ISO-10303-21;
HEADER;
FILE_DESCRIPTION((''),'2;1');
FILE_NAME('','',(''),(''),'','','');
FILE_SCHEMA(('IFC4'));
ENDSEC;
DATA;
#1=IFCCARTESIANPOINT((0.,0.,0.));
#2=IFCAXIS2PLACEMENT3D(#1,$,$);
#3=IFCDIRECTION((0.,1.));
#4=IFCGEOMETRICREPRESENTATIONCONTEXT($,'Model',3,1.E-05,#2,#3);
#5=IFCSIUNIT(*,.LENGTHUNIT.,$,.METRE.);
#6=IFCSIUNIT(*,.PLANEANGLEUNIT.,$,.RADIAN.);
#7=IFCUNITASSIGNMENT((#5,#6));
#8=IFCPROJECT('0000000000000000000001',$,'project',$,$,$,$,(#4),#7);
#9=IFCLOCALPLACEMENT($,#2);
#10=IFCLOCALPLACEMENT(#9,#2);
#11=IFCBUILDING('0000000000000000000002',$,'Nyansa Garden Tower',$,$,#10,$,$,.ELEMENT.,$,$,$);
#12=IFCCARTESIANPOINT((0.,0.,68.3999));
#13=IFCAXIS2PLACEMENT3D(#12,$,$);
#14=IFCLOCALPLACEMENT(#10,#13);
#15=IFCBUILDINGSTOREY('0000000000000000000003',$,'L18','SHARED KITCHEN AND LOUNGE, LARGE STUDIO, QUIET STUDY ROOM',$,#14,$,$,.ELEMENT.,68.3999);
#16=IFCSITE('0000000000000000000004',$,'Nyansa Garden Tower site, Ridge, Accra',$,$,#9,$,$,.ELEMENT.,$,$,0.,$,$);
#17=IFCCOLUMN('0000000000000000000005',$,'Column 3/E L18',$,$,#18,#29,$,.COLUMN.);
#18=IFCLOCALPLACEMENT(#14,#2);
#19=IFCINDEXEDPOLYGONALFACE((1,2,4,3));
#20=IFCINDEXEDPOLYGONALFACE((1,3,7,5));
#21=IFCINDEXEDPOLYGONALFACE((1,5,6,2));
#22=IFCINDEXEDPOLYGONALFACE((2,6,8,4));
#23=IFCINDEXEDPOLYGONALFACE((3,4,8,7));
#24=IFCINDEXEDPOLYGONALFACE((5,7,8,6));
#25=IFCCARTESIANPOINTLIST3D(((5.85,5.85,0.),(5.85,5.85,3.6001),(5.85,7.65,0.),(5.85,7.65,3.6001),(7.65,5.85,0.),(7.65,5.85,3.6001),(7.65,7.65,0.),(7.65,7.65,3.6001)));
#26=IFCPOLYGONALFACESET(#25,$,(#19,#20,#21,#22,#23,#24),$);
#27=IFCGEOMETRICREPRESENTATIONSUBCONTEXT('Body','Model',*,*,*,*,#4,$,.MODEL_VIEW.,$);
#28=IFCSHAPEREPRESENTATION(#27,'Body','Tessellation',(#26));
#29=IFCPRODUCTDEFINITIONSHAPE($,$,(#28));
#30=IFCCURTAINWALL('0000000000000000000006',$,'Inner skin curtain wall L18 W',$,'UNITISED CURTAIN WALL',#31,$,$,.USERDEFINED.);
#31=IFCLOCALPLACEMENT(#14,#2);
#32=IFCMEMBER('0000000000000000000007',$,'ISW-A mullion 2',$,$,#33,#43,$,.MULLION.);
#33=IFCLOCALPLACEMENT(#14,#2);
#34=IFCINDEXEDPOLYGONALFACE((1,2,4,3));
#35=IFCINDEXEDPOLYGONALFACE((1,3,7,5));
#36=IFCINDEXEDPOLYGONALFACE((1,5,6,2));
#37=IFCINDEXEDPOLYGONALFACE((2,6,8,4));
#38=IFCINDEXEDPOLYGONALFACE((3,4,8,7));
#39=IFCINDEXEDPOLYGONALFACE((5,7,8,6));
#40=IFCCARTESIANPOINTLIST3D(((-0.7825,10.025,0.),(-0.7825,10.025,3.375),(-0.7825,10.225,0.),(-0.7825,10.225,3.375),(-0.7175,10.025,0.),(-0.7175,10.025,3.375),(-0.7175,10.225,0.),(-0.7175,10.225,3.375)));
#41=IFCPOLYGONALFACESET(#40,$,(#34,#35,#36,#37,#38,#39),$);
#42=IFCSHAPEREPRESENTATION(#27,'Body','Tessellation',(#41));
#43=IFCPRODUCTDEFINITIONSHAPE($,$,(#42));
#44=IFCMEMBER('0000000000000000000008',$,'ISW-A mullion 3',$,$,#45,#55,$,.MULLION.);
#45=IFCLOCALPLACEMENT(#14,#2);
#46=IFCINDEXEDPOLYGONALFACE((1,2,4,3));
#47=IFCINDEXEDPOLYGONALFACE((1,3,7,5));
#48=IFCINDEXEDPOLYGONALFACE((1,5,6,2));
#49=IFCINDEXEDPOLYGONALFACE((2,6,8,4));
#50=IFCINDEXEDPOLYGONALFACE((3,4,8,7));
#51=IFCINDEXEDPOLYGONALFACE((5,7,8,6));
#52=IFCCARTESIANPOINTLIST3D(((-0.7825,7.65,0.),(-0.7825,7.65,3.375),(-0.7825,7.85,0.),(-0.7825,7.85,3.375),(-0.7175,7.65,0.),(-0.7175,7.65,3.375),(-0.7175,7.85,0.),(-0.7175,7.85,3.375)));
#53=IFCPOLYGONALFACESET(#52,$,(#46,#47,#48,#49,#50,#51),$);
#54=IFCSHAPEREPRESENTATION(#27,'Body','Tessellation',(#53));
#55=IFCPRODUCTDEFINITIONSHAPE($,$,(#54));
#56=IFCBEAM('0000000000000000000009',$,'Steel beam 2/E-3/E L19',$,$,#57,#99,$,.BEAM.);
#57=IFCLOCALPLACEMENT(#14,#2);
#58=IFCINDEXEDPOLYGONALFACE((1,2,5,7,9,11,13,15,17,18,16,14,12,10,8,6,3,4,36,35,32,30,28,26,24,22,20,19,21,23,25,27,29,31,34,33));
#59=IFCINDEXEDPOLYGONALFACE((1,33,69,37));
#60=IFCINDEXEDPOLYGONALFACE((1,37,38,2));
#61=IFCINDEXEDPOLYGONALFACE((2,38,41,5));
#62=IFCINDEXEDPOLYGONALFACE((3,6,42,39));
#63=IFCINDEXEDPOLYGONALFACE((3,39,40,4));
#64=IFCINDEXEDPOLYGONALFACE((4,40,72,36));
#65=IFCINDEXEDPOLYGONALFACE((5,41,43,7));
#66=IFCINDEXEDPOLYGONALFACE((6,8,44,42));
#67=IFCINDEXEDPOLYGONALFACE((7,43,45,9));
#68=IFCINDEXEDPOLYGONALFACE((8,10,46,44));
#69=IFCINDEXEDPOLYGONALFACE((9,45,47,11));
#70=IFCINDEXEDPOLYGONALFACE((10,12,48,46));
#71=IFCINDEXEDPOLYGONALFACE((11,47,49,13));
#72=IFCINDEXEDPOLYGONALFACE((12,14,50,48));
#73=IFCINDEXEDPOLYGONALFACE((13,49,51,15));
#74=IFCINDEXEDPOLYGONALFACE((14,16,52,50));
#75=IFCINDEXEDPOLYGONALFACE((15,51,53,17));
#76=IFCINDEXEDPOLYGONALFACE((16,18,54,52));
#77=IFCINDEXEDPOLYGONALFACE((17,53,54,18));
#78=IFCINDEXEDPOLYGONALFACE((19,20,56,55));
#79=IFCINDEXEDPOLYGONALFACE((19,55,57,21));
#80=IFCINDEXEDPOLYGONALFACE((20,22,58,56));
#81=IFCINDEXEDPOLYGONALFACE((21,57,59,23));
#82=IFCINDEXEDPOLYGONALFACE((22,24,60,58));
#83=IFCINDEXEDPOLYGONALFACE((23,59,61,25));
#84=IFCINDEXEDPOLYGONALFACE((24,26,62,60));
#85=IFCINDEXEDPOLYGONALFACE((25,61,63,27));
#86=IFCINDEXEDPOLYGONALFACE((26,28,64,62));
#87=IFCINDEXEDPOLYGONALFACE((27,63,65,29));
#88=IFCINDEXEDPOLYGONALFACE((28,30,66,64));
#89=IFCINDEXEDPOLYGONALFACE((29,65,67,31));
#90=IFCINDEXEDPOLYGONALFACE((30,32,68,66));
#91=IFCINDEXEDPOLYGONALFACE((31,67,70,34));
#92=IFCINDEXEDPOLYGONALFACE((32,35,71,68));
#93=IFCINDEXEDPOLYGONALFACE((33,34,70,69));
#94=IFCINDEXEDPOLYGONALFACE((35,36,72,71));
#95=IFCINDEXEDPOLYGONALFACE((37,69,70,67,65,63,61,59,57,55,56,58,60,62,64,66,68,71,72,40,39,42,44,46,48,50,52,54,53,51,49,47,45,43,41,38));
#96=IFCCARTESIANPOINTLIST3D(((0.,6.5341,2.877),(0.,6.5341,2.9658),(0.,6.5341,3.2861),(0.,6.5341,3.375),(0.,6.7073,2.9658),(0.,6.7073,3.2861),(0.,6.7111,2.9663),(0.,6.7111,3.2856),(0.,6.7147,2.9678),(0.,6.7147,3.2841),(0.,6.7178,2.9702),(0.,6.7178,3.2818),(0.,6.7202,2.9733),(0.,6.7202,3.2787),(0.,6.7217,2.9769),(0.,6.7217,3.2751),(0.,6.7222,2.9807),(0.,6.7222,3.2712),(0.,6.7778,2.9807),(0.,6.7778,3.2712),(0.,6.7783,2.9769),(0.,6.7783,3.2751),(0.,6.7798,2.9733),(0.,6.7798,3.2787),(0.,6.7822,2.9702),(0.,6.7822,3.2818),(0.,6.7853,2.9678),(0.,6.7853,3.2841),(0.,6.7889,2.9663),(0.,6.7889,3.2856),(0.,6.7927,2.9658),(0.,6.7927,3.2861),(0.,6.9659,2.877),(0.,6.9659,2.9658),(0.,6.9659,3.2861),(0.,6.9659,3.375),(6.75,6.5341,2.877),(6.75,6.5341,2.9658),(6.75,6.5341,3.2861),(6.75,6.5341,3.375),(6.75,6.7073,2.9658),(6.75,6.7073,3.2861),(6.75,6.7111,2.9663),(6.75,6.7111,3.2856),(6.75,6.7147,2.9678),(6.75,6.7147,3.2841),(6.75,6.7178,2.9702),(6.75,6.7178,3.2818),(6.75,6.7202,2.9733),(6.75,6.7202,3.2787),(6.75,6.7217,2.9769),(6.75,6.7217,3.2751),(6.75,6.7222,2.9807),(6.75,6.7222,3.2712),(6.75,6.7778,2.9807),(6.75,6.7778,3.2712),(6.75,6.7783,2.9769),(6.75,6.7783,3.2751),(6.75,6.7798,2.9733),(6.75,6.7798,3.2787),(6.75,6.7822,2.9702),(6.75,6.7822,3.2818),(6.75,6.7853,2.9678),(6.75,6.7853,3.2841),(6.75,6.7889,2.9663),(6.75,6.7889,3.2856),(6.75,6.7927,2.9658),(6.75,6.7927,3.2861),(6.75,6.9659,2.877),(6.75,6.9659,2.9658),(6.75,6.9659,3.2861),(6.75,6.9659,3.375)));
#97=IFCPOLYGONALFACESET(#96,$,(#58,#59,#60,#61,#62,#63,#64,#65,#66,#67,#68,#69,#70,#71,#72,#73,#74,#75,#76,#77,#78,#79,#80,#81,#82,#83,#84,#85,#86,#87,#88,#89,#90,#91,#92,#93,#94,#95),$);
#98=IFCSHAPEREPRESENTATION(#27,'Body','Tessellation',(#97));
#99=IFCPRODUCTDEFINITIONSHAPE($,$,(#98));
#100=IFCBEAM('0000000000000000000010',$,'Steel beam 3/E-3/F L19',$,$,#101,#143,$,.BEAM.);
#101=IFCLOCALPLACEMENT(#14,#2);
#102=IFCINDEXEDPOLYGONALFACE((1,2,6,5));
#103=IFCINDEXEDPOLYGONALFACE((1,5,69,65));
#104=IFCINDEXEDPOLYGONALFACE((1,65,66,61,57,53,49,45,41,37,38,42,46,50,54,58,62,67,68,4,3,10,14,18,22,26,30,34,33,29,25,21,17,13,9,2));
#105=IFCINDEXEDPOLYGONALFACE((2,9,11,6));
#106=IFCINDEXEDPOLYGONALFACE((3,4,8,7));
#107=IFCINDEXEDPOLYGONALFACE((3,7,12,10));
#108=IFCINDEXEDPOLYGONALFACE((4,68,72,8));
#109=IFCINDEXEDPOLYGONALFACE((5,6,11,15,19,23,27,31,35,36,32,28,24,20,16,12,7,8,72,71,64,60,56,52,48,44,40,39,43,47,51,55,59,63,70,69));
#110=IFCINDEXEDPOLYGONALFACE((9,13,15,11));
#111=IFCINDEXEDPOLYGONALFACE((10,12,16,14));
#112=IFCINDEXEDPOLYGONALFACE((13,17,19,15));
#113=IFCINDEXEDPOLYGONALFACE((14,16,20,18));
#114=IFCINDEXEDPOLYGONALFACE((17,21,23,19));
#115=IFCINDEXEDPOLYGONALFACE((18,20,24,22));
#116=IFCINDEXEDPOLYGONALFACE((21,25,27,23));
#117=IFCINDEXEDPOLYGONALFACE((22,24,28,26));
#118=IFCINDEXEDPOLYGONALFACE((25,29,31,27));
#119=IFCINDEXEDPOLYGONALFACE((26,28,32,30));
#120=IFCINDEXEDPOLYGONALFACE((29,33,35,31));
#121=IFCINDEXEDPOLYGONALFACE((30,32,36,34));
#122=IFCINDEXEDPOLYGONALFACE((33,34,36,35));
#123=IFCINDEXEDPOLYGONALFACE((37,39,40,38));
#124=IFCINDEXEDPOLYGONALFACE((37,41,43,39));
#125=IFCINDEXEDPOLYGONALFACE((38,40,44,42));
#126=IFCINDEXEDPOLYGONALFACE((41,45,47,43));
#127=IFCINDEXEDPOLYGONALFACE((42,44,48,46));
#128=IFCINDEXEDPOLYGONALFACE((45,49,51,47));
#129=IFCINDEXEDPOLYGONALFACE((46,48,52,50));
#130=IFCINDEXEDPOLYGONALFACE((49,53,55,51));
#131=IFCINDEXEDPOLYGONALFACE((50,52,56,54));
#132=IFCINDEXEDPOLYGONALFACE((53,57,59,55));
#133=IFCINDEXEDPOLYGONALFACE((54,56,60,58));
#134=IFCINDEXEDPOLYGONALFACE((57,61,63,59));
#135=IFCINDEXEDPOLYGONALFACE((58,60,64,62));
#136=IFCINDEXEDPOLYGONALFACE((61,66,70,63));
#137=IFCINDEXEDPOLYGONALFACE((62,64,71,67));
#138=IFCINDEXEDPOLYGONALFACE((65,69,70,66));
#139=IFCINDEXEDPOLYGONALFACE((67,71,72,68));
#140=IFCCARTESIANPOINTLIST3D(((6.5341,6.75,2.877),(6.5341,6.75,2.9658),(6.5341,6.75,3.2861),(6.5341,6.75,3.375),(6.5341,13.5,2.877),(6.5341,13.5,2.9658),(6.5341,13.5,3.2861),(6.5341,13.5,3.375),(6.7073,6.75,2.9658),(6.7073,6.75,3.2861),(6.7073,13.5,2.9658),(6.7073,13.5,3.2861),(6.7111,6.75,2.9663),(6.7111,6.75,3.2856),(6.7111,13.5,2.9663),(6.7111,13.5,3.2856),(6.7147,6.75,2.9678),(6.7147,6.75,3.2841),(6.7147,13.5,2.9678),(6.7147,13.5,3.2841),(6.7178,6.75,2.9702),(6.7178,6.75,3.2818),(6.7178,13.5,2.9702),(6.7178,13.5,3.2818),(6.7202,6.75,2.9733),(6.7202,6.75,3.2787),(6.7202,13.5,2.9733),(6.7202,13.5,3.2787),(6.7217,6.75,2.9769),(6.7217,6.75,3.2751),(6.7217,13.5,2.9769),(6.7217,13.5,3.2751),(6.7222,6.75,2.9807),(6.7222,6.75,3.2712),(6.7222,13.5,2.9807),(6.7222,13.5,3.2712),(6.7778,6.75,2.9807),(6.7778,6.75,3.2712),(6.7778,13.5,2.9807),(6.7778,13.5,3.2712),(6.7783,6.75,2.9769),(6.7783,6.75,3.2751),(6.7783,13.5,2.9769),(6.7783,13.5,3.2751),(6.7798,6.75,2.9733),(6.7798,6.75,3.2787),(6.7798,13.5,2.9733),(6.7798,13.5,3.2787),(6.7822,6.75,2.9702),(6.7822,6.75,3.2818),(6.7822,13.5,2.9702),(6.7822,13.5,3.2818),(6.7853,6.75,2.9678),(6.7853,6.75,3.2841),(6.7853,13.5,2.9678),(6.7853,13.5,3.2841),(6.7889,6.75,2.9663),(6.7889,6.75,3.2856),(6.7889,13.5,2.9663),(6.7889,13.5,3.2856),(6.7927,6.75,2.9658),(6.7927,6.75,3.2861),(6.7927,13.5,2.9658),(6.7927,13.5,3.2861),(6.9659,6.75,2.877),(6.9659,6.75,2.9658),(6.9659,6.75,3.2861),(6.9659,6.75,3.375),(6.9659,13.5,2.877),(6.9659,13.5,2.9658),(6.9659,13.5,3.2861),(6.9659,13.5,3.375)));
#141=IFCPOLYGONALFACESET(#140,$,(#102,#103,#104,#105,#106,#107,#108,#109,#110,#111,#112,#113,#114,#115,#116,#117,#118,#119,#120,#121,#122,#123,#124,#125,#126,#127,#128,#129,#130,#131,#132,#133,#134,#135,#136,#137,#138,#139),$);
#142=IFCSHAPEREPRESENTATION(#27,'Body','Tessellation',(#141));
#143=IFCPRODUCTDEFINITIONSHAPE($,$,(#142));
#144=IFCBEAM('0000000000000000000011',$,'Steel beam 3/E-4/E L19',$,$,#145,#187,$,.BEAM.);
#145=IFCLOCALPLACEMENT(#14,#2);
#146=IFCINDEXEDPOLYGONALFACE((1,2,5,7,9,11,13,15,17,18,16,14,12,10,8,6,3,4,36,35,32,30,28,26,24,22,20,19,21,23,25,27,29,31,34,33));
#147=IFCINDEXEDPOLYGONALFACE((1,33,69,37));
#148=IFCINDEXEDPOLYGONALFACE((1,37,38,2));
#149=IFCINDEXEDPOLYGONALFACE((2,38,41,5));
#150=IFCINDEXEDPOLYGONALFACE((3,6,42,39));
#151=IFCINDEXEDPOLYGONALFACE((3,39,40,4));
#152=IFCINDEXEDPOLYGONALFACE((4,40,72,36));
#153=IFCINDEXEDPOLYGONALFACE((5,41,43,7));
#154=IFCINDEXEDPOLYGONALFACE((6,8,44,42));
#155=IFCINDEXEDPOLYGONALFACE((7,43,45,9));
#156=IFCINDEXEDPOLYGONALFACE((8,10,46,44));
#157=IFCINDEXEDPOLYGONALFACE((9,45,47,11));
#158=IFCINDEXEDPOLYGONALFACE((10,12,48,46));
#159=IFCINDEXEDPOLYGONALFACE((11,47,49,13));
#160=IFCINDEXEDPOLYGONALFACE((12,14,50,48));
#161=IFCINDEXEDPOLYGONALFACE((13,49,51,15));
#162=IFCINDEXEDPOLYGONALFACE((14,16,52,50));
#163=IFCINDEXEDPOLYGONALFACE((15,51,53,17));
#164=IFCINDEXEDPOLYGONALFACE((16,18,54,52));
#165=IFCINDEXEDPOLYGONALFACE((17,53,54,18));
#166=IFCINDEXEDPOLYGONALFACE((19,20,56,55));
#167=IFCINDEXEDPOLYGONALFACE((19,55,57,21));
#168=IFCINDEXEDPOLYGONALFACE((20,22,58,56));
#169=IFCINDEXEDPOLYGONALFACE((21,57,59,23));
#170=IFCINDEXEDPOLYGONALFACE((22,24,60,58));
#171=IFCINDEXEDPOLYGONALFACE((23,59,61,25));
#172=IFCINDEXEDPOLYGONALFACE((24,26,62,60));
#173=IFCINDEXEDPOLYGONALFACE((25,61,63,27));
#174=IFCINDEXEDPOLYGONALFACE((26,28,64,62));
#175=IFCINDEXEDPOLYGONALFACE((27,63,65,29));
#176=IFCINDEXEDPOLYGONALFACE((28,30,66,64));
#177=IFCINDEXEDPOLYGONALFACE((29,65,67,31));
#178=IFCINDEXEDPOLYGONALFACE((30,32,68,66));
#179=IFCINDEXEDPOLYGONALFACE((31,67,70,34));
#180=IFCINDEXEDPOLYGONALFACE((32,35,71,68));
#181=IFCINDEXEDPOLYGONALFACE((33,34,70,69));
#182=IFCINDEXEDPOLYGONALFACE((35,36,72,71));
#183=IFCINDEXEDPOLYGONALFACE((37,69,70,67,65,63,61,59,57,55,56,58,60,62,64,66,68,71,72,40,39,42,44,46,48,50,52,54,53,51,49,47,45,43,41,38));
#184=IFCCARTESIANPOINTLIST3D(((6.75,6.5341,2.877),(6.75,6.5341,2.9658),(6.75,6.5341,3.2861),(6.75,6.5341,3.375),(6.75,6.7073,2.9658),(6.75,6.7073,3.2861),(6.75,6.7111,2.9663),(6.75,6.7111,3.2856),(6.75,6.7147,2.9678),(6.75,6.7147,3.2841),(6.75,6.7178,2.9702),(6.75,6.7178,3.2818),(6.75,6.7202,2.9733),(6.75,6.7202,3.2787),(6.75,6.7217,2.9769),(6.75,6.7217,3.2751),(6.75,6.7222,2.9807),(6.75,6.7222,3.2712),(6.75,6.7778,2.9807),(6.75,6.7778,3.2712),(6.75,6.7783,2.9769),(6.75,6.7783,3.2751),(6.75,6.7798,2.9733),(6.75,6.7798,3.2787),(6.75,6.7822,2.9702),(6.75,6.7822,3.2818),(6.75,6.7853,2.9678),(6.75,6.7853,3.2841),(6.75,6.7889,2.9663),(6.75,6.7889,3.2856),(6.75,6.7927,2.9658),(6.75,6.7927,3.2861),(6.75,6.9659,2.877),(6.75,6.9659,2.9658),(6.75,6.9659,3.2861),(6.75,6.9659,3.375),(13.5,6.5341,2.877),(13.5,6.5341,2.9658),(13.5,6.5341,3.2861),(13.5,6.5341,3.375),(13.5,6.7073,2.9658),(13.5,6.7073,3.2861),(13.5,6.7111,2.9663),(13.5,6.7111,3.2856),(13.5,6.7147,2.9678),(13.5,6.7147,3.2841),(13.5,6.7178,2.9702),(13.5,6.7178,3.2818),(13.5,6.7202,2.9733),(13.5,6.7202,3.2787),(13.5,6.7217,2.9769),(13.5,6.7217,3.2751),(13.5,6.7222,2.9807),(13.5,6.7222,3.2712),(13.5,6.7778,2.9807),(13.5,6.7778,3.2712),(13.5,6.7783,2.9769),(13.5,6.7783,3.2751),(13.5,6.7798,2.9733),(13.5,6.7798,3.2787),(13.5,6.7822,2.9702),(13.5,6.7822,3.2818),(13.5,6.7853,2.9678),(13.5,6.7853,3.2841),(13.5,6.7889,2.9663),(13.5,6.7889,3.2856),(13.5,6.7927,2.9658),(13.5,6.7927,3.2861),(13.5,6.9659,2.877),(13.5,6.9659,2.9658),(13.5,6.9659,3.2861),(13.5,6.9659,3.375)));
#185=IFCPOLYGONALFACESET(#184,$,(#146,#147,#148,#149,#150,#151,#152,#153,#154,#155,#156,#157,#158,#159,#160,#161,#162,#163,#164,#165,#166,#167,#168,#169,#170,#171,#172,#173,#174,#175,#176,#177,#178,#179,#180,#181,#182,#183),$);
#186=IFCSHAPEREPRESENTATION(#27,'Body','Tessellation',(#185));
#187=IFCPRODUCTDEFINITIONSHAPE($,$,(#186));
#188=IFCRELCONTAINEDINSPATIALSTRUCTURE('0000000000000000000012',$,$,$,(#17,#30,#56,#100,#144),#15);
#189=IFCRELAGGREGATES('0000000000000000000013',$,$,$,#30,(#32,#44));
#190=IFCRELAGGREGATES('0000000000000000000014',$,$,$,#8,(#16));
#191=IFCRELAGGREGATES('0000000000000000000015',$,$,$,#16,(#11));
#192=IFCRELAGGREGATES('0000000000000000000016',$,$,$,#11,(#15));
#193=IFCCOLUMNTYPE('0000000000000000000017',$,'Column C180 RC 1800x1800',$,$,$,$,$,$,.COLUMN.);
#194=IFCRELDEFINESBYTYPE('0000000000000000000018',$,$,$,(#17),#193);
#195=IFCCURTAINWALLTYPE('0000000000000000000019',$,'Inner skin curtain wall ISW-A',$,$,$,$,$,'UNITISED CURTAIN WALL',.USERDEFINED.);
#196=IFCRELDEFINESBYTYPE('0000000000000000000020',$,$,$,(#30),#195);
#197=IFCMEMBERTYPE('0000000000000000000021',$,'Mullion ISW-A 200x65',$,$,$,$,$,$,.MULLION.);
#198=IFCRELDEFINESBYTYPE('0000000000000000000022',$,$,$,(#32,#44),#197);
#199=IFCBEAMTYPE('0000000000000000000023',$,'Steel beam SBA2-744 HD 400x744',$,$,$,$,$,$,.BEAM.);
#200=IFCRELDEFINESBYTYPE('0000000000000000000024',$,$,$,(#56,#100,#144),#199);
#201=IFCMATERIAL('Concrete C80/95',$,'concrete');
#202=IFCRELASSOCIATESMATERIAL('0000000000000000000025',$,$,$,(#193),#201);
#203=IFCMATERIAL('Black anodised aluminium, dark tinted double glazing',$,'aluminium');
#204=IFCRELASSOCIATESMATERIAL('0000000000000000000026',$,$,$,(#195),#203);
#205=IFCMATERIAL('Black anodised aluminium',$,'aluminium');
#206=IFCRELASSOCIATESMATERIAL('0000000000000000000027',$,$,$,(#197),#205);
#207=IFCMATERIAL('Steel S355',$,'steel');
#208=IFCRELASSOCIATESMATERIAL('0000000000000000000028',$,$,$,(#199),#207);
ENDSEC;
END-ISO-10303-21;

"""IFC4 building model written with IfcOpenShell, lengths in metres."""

from ifc_helpers import new_model, si_unit, direction, frame, origin, origin_2d, place, context, subcontext, project, spatial, rectangle, i_section, extrude, material, material_profile, profile_set, type_object, element, aggregate, save


model = new_model("IFC4")

# Units and contexts
model_context = context("Model", 3, precision=1e-05, world=origin(), true_north=direction((0.0, 1.0)))
body_context = subcontext(model_context, "Body", "Model", "MODEL_VIEW")
ifc_project = project(units=[si_unit("LENGTHUNIT", "METRE"), si_unit("PLANEANGLEUNIT", "RADIAN")], contexts=[model_context])

# Site, building, storey
site_placement = place(None, origin())
site = spatial("IfcSite", under=ifc_project, at=site_placement, Name="Nyansa Garden Tower site, Ridge, Accra", CompositionType="ELEMENT", RefElevation=0.0)
building_placement = place(site_placement, origin())
building = spatial("IfcBuilding", under=site, at=building_placement, Name="Nyansa Garden Tower", CompositionType="ELEMENT")
storey_placement = place(building_placement, frame((0.0, 0.0, 68.3999)))
storey = spatial("IfcBuildingStorey", under=building, at=storey_placement, Name="L18", Description="SHARED KITCHEN AND LOUNGE, LARGE STUDIO, QUIET STUDY ROOM", CompositionType="ELEMENT", Elevation=68.3999)

# Column
ifc_material_1 = material(Name="Concrete C80/95", Category="concrete")
ifc_material_profile_1 = material_profile(ifc_material_1, rectangle(XDim=1.8, YDim=1.8, at=origin_2d()), Name="RC 1800x1800")
ifc_profile_set_1 = profile_set([ifc_material_profile_1], Name="Concrete C80/95")
column_type = type_object("IfcColumnType", Name="Column C180 RC 1800x1800", PredefinedType="COLUMN", material=ifc_profile_set_1)
column_placement = place(storey_placement, frame((6.75, 6.75, 0.0), z_axis=(0.0, 0.0, 1.0), x_axis=(1.0, 0.0, 0.0)))
element("IfcColumn", 1, at=column_placement, inside=storey, type_object=column_type, Name="Column 3/E L18", PredefinedType="COLUMN", context=body_context, shape_type="SweptSolid", body=[
    extrude(rectangle(XDim=1.8, YDim=1.8, at=origin_2d()), origin(), (0.0, 0.0, 1.0), 3.6001),
])

# Curtain wall, members
ifc_material_2 = material(Name="Black anodised aluminium, dark tinted double glazing", Category="aluminium")
curtain_wall_type = type_object("IfcCurtainWallType", Name="Inner skin curtain wall ISW-A", ElementType="UNITISED CURTAIN WALL", PredefinedType="USERDEFINED", material=ifc_material_2)
curtain_wall_placement = place(storey_placement, origin())
curtain_wall = element("IfcCurtainWall", 2, at=curtain_wall_placement, inside=storey, type_object=curtain_wall_type, Name="Inner skin curtain wall L18 W", ObjectType="UNITISED CURTAIN WALL", PredefinedType="USERDEFINED")
ifc_material_3 = material(Name="Black anodised aluminium", Category="aluminium")
ifc_material_profile_2 = material_profile(ifc_material_3, rectangle(XDim=0.0649, YDim=0.2, at=origin_2d()), Name="Mullion 200x65")
ifc_profile_set_2 = profile_set([ifc_material_profile_2], Name="Black anodised aluminium")
member_type_1 = type_object("IfcMemberType", Name="Mullion ISW-A 200x65", PredefinedType="MULLION", material=ifc_profile_set_2)
member_1_placement = place(storey_placement, frame((-0.75, 10.125, 0.0), z_axis=(0.0, 0.0, 1.0), x_axis=(1.0, 0.0, 0.0)))
member_1 = element("IfcMember", 3, at=member_1_placement, type_object=member_type_1, Name="ISW-A mullion 2", PredefinedType="MULLION", context=body_context, shape_type="SweptSolid", body=[
    extrude(rectangle(XDim=0.0649, YDim=0.2, at=origin_2d()), origin(), (0.0, 0.0, 1.0), 3.375),
])
member_2_placement = place(storey_placement, frame((-0.75, 7.75, 0.0), z_axis=(0.0, 0.0, 1.0), x_axis=(1.0, 0.0, 0.0)))
member_2 = element("IfcMember", 4, at=member_2_placement, type_object=member_type_1, Name="ISW-A mullion 3", PredefinedType="MULLION", context=body_context, shape_type="SweptSolid", body=[
    extrude(rectangle(XDim=0.0649, YDim=0.2, at=origin_2d()), origin(), (0.0, 0.0, 1.0), 3.375),
])

# Beams
ifc_material_4 = material(Name="Steel S355", Category="steel")
ifc_material_profile_3 = material_profile(ifc_material_4, i_section(OverallWidth=0.4319, OverallDepth=0.498, WebThickness=0.0557, FlangeThickness=0.0889, FilletRadius=0.0149, at=origin_2d()), Name="HD 400x744")
ifc_profile_set_3 = profile_set([ifc_material_profile_3], Name="Steel S355")
beam_type_1 = type_object("IfcBeamType", Name="Steel beam SBA2-744 HD 400x744", PredefinedType="BEAM", material=ifc_profile_set_3)
for number, where, z_axis, x_axis, name in (
    (5, (0.0, 6.75, 3.126), (1.0, 0.0, 0.0), (0.0, 1.0, 0.0), "Steel beam 2/E-3/E L19"),
    (6, (6.75, 6.75, 3.126), (0.0, 1.0, 0.0), (-1.0, 0.0, 0.0), "Steel beam 3/E-3/F L19"),
    (7, (6.75, 6.75, 3.126), (1.0, 0.0, 0.0), (0.0, 1.0, 0.0), "Steel beam 3/E-4/E L19"),
):
    element("IfcBeam", number, at=place(storey_placement, frame(where, z_axis=z_axis, x_axis=x_axis)), inside=storey, type_object=beam_type_1, Name=name, PredefinedType="BEAM", context=body_context, shape_type="SweptSolid", body=[
        extrude(i_section(OverallWidth=0.4319, OverallDepth=0.498, WebThickness=0.0557, FlangeThickness=0.0889, FilletRadius=0.0149, at=origin_2d()), origin(), (0.0, 0.0, 1.0), 6.75),
    ])

aggregate(curtain_wall, [member_1, member_2])

save(model, "model.ifc")
